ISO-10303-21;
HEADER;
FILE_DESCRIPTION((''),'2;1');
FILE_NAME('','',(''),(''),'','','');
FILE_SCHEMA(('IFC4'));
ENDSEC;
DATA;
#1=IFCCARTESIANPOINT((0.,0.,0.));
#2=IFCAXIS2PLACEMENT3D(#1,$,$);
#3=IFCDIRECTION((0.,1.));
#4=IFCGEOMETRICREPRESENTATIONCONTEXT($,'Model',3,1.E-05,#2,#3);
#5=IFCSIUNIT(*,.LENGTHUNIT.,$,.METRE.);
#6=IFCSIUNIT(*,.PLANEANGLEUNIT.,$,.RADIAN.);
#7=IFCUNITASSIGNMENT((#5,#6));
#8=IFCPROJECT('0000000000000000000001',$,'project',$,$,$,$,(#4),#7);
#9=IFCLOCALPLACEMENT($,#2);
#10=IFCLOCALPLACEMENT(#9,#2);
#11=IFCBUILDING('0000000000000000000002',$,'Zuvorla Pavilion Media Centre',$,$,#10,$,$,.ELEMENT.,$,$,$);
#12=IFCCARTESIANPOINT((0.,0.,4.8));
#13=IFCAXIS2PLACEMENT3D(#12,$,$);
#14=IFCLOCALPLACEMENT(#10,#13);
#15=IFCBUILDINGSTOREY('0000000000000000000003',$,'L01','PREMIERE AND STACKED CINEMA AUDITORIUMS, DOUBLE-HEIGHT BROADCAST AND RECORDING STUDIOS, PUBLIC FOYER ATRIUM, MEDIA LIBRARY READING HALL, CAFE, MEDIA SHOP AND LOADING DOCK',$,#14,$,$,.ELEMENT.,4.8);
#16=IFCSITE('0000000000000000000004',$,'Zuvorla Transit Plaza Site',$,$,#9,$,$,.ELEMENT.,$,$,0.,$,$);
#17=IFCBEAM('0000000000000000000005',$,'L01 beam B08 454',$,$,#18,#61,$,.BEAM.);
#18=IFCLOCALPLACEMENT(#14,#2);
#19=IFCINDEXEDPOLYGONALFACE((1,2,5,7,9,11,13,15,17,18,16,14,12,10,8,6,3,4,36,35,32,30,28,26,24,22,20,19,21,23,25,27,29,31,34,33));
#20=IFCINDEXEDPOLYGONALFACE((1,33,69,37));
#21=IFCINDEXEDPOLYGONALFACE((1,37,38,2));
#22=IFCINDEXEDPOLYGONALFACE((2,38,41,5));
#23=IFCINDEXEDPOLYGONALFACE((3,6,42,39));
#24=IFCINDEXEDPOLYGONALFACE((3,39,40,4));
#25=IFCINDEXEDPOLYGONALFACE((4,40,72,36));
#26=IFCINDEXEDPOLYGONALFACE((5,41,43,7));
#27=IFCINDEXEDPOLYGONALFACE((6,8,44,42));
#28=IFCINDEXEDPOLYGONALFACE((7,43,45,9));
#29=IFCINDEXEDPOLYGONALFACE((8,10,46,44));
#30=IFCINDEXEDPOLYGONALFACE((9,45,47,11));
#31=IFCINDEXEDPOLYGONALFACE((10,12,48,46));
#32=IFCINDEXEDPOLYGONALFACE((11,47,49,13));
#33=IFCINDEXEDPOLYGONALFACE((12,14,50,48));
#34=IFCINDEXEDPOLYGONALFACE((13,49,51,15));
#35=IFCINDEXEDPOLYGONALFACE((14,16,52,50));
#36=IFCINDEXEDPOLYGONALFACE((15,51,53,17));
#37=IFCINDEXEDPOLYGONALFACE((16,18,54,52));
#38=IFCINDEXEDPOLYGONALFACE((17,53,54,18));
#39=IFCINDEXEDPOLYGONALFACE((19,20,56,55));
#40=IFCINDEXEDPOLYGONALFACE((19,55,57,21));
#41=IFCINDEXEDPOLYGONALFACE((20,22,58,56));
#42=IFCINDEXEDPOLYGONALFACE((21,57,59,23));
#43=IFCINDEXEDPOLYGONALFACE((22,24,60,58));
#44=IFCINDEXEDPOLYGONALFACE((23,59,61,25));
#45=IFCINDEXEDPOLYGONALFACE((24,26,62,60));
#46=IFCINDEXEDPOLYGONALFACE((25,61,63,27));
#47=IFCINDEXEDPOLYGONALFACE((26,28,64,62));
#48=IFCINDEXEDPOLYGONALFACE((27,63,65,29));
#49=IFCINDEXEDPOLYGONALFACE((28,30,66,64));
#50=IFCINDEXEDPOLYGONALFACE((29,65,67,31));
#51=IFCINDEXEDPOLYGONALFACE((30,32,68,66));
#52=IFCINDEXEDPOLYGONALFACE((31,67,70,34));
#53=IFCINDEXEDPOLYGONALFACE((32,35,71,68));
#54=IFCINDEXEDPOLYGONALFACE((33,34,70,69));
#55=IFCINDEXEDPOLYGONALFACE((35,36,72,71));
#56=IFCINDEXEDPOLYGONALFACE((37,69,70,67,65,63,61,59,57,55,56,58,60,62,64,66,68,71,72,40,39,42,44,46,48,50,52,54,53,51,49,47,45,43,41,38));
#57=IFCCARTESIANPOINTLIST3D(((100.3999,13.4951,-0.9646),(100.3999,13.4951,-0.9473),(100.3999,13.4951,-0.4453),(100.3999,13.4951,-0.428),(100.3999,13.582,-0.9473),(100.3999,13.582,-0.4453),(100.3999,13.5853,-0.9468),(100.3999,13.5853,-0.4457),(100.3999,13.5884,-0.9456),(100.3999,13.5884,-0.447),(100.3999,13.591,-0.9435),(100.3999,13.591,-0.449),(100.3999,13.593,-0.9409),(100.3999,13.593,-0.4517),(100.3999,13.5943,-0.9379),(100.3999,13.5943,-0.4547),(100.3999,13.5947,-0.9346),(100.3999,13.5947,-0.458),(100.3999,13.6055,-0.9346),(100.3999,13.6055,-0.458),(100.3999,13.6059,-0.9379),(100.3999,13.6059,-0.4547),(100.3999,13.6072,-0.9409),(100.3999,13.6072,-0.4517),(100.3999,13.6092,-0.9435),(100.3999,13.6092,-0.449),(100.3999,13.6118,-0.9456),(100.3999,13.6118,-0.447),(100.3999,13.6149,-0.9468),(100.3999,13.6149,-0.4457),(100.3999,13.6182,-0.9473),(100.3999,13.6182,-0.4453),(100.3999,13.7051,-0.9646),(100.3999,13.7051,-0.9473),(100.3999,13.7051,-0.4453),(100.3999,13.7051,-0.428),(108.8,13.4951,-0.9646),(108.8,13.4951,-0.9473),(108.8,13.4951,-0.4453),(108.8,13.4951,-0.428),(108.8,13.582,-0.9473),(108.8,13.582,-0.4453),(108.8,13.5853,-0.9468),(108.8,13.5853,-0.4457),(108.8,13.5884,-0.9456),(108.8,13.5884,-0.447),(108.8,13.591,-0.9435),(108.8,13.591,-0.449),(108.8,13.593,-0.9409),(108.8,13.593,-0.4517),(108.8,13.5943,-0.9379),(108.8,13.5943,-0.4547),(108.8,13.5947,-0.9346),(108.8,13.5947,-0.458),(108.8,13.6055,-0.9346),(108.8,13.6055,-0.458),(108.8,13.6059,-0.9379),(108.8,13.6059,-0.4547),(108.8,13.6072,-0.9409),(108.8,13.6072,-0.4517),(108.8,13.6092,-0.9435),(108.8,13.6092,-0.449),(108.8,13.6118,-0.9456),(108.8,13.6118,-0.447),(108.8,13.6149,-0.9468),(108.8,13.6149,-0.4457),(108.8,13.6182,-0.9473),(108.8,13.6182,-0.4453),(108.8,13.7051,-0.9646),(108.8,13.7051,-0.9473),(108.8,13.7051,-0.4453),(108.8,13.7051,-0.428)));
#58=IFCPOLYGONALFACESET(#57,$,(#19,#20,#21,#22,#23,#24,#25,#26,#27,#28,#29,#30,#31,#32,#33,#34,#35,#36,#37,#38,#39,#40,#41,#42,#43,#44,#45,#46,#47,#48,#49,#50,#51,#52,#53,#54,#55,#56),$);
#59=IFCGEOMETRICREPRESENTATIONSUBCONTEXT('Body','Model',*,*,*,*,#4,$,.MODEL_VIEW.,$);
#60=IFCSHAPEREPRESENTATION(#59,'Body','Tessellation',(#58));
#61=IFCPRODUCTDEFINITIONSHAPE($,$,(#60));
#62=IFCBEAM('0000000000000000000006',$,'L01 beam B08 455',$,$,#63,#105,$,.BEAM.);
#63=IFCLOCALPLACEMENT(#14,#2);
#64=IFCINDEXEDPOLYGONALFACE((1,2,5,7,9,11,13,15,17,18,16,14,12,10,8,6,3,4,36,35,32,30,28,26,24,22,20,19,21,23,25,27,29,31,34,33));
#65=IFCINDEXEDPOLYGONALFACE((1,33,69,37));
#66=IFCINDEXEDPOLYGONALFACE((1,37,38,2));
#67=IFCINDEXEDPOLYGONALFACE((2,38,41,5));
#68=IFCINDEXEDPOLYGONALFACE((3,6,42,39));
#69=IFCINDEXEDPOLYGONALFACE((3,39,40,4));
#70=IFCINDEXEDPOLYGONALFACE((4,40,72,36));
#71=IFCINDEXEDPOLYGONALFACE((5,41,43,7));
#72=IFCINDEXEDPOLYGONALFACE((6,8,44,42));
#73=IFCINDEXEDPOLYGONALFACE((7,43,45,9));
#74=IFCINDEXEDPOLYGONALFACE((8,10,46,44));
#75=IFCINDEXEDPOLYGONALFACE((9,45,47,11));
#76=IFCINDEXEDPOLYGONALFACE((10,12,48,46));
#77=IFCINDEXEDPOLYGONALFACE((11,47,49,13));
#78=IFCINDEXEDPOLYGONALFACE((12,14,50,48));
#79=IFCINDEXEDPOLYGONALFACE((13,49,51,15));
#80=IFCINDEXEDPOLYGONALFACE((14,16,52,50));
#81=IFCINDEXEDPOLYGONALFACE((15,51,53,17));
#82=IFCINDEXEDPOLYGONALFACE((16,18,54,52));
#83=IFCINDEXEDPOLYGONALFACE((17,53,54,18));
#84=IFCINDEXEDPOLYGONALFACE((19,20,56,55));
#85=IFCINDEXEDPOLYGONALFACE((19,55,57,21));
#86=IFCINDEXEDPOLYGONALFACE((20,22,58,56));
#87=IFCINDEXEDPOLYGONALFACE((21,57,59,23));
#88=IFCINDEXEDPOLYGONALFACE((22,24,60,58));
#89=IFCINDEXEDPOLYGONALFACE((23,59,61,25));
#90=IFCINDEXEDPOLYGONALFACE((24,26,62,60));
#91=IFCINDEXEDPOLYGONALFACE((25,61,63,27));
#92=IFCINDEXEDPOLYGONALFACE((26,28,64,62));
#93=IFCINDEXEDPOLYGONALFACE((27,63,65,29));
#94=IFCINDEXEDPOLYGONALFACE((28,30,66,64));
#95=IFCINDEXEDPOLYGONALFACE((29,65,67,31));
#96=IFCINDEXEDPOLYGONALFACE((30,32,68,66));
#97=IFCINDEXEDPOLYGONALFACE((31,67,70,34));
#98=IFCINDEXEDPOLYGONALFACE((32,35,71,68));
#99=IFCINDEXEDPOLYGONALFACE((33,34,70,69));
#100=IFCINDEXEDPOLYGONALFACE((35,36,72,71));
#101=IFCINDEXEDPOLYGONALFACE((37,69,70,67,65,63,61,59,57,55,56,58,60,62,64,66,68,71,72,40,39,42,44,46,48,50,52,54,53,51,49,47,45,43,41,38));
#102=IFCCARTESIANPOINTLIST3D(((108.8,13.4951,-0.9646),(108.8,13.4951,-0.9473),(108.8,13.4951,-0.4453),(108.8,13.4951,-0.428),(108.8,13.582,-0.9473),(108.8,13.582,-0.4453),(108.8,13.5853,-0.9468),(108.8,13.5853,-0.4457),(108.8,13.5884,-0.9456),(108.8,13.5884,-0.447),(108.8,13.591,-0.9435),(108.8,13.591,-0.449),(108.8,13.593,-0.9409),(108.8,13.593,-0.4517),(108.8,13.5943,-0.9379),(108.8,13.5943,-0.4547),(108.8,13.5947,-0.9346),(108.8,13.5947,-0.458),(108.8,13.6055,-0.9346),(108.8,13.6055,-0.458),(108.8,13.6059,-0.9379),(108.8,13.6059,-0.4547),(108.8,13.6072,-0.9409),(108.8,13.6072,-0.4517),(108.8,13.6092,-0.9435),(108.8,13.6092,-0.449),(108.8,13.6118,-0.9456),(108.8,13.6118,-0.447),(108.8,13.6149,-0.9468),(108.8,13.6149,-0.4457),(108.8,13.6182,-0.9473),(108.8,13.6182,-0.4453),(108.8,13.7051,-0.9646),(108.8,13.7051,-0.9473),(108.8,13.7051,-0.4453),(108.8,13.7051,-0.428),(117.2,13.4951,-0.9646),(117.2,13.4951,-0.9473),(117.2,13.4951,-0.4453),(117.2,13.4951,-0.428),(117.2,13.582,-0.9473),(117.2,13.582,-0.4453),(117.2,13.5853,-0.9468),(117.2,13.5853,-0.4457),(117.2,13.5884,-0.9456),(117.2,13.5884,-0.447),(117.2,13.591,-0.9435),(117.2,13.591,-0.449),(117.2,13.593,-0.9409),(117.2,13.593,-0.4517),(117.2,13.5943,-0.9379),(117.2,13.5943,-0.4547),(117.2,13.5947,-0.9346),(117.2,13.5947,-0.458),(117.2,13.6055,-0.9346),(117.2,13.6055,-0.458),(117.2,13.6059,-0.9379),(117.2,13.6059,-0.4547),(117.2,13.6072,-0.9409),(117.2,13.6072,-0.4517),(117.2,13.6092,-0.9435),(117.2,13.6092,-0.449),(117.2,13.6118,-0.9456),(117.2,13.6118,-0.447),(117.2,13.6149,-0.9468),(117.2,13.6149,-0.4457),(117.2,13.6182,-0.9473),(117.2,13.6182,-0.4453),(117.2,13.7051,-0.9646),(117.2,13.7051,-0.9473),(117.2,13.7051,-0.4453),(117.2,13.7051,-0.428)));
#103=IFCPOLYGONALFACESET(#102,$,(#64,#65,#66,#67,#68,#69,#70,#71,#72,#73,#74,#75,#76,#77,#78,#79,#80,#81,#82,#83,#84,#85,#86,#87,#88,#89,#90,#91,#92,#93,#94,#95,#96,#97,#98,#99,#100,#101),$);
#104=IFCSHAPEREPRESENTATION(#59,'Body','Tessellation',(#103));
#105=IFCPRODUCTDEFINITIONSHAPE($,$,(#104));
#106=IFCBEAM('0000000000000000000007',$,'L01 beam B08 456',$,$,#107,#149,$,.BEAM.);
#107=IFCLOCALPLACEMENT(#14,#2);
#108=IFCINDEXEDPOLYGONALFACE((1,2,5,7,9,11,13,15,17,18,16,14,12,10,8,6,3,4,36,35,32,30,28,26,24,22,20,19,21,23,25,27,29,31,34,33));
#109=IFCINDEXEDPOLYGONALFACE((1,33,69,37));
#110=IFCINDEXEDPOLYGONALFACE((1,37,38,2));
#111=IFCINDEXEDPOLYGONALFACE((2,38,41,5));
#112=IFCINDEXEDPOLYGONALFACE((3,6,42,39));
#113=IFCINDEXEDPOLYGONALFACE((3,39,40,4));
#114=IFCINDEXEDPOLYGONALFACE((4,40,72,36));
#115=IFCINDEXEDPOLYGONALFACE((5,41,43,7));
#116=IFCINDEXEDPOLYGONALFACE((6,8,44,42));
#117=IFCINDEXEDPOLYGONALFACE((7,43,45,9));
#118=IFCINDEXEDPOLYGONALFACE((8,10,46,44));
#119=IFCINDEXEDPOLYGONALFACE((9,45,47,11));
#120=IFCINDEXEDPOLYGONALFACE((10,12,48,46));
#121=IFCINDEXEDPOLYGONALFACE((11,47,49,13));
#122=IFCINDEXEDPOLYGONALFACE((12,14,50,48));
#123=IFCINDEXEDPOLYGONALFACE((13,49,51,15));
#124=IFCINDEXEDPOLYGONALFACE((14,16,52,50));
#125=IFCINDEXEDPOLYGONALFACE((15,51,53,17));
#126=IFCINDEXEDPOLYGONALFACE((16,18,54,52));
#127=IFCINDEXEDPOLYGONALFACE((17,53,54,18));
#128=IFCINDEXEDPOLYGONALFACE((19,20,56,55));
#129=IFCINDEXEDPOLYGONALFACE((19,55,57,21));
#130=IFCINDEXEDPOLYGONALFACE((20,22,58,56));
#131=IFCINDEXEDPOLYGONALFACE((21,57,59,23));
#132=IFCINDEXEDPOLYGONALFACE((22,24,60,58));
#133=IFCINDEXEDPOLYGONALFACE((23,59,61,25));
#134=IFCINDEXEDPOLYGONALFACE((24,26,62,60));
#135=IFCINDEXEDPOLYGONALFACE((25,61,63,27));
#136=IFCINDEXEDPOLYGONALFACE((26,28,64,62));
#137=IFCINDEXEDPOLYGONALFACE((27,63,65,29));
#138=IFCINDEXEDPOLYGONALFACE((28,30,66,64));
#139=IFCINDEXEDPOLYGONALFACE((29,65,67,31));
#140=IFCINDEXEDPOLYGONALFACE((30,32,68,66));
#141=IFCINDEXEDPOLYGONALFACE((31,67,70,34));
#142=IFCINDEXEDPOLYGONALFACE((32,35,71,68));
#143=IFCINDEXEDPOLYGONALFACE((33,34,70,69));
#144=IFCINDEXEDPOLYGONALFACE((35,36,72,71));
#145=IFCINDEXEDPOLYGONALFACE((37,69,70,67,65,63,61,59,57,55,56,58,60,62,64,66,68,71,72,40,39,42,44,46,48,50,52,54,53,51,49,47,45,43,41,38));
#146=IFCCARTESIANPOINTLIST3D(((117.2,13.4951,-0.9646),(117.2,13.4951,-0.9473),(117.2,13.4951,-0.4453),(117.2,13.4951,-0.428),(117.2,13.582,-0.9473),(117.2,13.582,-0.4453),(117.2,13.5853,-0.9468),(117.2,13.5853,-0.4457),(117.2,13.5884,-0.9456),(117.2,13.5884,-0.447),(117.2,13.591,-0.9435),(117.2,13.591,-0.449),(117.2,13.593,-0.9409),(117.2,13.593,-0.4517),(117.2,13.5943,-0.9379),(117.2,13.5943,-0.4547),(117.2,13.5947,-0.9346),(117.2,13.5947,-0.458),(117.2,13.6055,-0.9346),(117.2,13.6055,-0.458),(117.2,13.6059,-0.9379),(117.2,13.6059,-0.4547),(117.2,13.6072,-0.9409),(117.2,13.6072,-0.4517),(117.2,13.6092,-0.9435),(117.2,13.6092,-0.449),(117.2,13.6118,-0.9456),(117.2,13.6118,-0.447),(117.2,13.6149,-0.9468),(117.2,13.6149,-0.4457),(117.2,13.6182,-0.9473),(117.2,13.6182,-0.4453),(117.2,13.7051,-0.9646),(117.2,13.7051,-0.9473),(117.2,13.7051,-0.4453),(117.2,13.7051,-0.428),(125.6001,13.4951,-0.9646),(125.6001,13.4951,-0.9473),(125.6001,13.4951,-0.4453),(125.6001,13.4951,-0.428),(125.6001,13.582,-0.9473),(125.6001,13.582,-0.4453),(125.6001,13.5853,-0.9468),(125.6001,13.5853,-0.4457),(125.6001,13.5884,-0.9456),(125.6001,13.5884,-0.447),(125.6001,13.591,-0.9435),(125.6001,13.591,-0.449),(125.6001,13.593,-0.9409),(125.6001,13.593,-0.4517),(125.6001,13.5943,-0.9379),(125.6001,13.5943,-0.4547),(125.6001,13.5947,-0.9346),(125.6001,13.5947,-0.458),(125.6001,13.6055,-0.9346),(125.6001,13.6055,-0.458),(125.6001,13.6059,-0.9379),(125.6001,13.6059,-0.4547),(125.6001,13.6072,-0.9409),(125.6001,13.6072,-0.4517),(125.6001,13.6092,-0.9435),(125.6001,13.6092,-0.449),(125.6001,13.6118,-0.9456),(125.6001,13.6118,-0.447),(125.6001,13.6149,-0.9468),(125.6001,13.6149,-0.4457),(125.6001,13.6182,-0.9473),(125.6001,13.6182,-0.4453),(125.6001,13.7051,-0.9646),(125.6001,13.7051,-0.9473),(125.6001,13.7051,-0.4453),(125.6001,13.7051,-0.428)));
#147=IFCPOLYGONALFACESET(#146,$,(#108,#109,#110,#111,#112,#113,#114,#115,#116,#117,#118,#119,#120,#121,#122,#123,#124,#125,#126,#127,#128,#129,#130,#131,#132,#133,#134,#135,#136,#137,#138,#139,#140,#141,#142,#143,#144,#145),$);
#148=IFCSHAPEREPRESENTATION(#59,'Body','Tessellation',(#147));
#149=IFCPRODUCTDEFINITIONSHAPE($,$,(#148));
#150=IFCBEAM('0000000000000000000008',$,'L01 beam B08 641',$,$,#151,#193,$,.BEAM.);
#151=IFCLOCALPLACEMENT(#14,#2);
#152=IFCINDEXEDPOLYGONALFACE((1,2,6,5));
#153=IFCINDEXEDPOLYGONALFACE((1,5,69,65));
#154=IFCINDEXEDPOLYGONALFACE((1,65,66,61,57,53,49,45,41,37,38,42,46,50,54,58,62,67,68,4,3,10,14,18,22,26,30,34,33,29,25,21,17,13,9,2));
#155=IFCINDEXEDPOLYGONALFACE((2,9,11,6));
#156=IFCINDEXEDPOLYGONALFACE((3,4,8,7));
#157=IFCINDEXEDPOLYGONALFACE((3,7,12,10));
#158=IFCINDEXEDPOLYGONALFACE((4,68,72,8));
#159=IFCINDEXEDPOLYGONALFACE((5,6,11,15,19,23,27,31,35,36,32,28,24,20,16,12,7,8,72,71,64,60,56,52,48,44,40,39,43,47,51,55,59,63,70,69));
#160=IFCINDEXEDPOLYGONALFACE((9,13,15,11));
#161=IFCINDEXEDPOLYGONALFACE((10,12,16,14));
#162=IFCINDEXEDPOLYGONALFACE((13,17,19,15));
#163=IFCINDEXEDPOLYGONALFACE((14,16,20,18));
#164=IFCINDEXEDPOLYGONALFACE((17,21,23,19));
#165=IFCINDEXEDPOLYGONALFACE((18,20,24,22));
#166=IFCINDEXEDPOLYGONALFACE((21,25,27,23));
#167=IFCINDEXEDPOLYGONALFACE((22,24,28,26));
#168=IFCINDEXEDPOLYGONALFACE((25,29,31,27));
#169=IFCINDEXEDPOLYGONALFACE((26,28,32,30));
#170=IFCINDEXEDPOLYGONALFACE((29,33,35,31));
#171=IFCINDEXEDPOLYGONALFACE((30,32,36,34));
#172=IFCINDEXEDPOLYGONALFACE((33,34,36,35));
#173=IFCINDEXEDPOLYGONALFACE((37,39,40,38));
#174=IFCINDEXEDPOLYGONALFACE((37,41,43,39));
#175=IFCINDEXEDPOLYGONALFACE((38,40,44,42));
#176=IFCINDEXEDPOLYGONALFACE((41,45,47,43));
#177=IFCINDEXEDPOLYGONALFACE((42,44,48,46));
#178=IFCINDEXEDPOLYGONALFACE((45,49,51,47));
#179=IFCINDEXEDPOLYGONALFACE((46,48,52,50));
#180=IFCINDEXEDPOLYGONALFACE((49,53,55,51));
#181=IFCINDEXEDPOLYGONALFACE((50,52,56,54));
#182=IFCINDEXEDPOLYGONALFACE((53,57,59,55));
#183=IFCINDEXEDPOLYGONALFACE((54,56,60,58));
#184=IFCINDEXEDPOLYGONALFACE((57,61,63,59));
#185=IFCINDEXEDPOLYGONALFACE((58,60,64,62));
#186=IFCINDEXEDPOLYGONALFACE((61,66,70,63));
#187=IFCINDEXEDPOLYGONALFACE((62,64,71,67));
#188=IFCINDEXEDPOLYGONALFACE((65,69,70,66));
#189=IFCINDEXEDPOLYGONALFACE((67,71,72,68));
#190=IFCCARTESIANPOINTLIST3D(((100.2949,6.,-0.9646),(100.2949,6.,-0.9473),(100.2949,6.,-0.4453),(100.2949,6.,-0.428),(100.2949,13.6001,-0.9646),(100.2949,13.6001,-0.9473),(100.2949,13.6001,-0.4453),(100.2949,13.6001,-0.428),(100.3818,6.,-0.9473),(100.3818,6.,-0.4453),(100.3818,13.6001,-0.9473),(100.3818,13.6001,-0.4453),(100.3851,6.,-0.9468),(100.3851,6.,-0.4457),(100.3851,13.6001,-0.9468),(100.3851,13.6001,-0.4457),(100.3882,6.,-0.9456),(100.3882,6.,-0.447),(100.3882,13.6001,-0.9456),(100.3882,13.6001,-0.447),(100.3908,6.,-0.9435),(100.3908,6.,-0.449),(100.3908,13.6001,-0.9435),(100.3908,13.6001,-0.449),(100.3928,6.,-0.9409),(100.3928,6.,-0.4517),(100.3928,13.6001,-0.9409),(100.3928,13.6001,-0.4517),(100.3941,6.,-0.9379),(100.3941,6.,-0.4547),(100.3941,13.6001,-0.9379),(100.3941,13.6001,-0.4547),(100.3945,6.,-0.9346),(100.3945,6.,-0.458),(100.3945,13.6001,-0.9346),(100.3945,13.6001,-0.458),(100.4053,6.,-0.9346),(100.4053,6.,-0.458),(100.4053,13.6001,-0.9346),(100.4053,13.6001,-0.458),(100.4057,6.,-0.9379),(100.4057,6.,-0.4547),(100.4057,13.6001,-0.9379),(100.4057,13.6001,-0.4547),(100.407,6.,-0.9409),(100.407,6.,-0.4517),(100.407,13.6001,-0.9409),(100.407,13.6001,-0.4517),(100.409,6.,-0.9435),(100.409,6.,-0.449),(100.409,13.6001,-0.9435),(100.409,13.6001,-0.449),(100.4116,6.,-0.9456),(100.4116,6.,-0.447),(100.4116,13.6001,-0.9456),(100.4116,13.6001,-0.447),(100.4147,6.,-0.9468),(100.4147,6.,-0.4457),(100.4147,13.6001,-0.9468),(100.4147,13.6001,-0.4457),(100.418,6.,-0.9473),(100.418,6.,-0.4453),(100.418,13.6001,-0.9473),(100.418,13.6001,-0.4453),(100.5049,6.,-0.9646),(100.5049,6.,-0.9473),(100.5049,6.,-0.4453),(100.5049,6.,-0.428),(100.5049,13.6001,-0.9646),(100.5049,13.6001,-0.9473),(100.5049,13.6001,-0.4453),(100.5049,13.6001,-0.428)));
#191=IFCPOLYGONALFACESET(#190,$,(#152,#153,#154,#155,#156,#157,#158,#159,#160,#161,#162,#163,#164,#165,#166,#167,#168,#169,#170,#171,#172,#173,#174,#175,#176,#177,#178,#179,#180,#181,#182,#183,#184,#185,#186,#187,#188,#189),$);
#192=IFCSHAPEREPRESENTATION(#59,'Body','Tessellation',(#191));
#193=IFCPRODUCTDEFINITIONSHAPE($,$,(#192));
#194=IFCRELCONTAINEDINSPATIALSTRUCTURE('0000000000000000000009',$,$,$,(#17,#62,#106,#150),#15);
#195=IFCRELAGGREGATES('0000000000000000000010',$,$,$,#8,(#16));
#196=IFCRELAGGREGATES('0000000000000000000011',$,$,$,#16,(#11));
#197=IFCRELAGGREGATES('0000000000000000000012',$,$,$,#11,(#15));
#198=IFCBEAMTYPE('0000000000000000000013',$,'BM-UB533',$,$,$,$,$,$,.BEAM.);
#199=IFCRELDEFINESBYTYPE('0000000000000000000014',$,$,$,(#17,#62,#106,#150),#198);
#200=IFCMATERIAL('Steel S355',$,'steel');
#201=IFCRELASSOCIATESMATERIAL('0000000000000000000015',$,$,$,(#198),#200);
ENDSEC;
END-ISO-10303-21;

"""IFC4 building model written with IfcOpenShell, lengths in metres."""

from ifc_helpers import new_model, si_unit, direction, frame, origin, origin_2d, place, context, subcontext, project, spatial, i_section, extrude, material, material_profile, profile_set, type_object, element, save


model = new_model("IFC4")

# Units and contexts
model_context = context("Model", 3, precision=1e-05, world=origin(), true_north=direction((0.0, 1.0)))
body_context = subcontext(model_context, "Body", "Model", "MODEL_VIEW")
ifc_project = project(units=[si_unit("LENGTHUNIT", "METRE"), si_unit("PLANEANGLEUNIT", "RADIAN")], contexts=[model_context])

# Site, building, storey
site_placement = place(None, origin())
site = spatial("IfcSite", under=ifc_project, at=site_placement, Name="Zuvorla Transit Plaza Site", CompositionType="ELEMENT", RefElevation=0.0)
building_placement = place(site_placement, origin())
building = spatial("IfcBuilding", under=site, at=building_placement, Name="Zuvorla Pavilion Media Centre", CompositionType="ELEMENT")
storey_placement = place(building_placement, frame((0.0, 0.0, 4.8)))
storey = spatial("IfcBuildingStorey", under=building, at=storey_placement, Name="L01", Description="PREMIERE AND STACKED CINEMA AUDITORIUMS, DOUBLE-HEIGHT BROADCAST AND RECORDING STUDIOS, PUBLIC FOYER ATRIUM, MEDIA LIBRARY READING HALL, CAFE, MEDIA SHOP AND LOADING DOCK", CompositionType="ELEMENT", Elevation=4.8)

# Shared definitions
ifc_material_1 = material(Name="Steel S355", Category="steel")

# Beams
ifc_material_profile_1 = material_profile(ifc_material_1, i_section(OverallWidth=0.21, OverallDepth=0.5366, WebThickness=0.0107, FlangeThickness=0.0173, FilletRadius=0.0127, at=origin_2d()), Name="UB 533x210x101")
ifc_profile_set_1 = profile_set([ifc_material_profile_1], Name="Steel S355")
beam_type_1 = type_object("IfcBeamType", Name="BM-UB533", PredefinedType="BEAM", material=ifc_profile_set_1)
beam_1_placement = place(storey_placement, frame((100.3999, 13.6001, -0.6963), z_axis=(1.0, 0.0, 0.0), x_axis=(0.0, 1.0, 0.0)))
element("IfcBeam", 1, at=beam_1_placement, inside=storey, type_object=beam_type_1, Name="L01 beam B08 454", PredefinedType="BEAM", context=body_context, shape_type="SweptSolid", body=[
    extrude(i_section(OverallWidth=0.21, OverallDepth=0.5366, WebThickness=0.0107, FlangeThickness=0.0173, FilletRadius=0.0127, at=origin_2d()), origin(), (0.0, 0.0, 1.0), 8.4001),
])
beam_2_placement = place(storey_placement, frame((108.8, 13.6001, -0.6963), z_axis=(1.0, 0.0, 0.0), x_axis=(0.0, 1.0, 0.0)))
element("IfcBeam", 2, at=beam_2_placement, inside=storey, type_object=beam_type_1, Name="L01 beam B08 455", PredefinedType="BEAM", context=body_context, shape_type="SweptSolid", body=[
    extrude(i_section(OverallWidth=0.21, OverallDepth=0.5366, WebThickness=0.0107, FlangeThickness=0.0173, FilletRadius=0.0127, at=origin_2d()), origin(), (0.0, 0.0, 1.0), 8.3999),
])
beam_3_placement = place(storey_placement, frame((117.2, 13.6001, -0.6963), z_axis=(1.0, 0.0, 0.0), x_axis=(0.0, 1.0, 0.0)))
element("IfcBeam", 3, at=beam_3_placement, inside=storey, type_object=beam_type_1, Name="L01 beam B08 456", PredefinedType="BEAM", context=body_context, shape_type="SweptSolid", body=[
    extrude(i_section(OverallWidth=0.21, OverallDepth=0.5366, WebThickness=0.0107, FlangeThickness=0.0173, FilletRadius=0.0127, at=origin_2d()), origin(), (0.0, 0.0, 1.0), 8.4001),
])
beam_4_placement = place(storey_placement, frame((100.3999, 6.0, -0.6963), z_axis=(0.0, 1.0, 0.0), x_axis=(-1.0, 0.0, 0.0)))
element("IfcBeam", 4, at=beam_4_placement, inside=storey, type_object=beam_type_1, Name="L01 beam B08 641", PredefinedType="BEAM", context=body_context, shape_type="SweptSolid", body=[
    extrude(i_section(OverallWidth=0.21, OverallDepth=0.5366, WebThickness=0.0107, FlangeThickness=0.0173, FilletRadius=0.0127, at=origin_2d()), origin(), (0.0, 0.0, 1.0), 7.6001),
])

save(model, "model.ifc")
